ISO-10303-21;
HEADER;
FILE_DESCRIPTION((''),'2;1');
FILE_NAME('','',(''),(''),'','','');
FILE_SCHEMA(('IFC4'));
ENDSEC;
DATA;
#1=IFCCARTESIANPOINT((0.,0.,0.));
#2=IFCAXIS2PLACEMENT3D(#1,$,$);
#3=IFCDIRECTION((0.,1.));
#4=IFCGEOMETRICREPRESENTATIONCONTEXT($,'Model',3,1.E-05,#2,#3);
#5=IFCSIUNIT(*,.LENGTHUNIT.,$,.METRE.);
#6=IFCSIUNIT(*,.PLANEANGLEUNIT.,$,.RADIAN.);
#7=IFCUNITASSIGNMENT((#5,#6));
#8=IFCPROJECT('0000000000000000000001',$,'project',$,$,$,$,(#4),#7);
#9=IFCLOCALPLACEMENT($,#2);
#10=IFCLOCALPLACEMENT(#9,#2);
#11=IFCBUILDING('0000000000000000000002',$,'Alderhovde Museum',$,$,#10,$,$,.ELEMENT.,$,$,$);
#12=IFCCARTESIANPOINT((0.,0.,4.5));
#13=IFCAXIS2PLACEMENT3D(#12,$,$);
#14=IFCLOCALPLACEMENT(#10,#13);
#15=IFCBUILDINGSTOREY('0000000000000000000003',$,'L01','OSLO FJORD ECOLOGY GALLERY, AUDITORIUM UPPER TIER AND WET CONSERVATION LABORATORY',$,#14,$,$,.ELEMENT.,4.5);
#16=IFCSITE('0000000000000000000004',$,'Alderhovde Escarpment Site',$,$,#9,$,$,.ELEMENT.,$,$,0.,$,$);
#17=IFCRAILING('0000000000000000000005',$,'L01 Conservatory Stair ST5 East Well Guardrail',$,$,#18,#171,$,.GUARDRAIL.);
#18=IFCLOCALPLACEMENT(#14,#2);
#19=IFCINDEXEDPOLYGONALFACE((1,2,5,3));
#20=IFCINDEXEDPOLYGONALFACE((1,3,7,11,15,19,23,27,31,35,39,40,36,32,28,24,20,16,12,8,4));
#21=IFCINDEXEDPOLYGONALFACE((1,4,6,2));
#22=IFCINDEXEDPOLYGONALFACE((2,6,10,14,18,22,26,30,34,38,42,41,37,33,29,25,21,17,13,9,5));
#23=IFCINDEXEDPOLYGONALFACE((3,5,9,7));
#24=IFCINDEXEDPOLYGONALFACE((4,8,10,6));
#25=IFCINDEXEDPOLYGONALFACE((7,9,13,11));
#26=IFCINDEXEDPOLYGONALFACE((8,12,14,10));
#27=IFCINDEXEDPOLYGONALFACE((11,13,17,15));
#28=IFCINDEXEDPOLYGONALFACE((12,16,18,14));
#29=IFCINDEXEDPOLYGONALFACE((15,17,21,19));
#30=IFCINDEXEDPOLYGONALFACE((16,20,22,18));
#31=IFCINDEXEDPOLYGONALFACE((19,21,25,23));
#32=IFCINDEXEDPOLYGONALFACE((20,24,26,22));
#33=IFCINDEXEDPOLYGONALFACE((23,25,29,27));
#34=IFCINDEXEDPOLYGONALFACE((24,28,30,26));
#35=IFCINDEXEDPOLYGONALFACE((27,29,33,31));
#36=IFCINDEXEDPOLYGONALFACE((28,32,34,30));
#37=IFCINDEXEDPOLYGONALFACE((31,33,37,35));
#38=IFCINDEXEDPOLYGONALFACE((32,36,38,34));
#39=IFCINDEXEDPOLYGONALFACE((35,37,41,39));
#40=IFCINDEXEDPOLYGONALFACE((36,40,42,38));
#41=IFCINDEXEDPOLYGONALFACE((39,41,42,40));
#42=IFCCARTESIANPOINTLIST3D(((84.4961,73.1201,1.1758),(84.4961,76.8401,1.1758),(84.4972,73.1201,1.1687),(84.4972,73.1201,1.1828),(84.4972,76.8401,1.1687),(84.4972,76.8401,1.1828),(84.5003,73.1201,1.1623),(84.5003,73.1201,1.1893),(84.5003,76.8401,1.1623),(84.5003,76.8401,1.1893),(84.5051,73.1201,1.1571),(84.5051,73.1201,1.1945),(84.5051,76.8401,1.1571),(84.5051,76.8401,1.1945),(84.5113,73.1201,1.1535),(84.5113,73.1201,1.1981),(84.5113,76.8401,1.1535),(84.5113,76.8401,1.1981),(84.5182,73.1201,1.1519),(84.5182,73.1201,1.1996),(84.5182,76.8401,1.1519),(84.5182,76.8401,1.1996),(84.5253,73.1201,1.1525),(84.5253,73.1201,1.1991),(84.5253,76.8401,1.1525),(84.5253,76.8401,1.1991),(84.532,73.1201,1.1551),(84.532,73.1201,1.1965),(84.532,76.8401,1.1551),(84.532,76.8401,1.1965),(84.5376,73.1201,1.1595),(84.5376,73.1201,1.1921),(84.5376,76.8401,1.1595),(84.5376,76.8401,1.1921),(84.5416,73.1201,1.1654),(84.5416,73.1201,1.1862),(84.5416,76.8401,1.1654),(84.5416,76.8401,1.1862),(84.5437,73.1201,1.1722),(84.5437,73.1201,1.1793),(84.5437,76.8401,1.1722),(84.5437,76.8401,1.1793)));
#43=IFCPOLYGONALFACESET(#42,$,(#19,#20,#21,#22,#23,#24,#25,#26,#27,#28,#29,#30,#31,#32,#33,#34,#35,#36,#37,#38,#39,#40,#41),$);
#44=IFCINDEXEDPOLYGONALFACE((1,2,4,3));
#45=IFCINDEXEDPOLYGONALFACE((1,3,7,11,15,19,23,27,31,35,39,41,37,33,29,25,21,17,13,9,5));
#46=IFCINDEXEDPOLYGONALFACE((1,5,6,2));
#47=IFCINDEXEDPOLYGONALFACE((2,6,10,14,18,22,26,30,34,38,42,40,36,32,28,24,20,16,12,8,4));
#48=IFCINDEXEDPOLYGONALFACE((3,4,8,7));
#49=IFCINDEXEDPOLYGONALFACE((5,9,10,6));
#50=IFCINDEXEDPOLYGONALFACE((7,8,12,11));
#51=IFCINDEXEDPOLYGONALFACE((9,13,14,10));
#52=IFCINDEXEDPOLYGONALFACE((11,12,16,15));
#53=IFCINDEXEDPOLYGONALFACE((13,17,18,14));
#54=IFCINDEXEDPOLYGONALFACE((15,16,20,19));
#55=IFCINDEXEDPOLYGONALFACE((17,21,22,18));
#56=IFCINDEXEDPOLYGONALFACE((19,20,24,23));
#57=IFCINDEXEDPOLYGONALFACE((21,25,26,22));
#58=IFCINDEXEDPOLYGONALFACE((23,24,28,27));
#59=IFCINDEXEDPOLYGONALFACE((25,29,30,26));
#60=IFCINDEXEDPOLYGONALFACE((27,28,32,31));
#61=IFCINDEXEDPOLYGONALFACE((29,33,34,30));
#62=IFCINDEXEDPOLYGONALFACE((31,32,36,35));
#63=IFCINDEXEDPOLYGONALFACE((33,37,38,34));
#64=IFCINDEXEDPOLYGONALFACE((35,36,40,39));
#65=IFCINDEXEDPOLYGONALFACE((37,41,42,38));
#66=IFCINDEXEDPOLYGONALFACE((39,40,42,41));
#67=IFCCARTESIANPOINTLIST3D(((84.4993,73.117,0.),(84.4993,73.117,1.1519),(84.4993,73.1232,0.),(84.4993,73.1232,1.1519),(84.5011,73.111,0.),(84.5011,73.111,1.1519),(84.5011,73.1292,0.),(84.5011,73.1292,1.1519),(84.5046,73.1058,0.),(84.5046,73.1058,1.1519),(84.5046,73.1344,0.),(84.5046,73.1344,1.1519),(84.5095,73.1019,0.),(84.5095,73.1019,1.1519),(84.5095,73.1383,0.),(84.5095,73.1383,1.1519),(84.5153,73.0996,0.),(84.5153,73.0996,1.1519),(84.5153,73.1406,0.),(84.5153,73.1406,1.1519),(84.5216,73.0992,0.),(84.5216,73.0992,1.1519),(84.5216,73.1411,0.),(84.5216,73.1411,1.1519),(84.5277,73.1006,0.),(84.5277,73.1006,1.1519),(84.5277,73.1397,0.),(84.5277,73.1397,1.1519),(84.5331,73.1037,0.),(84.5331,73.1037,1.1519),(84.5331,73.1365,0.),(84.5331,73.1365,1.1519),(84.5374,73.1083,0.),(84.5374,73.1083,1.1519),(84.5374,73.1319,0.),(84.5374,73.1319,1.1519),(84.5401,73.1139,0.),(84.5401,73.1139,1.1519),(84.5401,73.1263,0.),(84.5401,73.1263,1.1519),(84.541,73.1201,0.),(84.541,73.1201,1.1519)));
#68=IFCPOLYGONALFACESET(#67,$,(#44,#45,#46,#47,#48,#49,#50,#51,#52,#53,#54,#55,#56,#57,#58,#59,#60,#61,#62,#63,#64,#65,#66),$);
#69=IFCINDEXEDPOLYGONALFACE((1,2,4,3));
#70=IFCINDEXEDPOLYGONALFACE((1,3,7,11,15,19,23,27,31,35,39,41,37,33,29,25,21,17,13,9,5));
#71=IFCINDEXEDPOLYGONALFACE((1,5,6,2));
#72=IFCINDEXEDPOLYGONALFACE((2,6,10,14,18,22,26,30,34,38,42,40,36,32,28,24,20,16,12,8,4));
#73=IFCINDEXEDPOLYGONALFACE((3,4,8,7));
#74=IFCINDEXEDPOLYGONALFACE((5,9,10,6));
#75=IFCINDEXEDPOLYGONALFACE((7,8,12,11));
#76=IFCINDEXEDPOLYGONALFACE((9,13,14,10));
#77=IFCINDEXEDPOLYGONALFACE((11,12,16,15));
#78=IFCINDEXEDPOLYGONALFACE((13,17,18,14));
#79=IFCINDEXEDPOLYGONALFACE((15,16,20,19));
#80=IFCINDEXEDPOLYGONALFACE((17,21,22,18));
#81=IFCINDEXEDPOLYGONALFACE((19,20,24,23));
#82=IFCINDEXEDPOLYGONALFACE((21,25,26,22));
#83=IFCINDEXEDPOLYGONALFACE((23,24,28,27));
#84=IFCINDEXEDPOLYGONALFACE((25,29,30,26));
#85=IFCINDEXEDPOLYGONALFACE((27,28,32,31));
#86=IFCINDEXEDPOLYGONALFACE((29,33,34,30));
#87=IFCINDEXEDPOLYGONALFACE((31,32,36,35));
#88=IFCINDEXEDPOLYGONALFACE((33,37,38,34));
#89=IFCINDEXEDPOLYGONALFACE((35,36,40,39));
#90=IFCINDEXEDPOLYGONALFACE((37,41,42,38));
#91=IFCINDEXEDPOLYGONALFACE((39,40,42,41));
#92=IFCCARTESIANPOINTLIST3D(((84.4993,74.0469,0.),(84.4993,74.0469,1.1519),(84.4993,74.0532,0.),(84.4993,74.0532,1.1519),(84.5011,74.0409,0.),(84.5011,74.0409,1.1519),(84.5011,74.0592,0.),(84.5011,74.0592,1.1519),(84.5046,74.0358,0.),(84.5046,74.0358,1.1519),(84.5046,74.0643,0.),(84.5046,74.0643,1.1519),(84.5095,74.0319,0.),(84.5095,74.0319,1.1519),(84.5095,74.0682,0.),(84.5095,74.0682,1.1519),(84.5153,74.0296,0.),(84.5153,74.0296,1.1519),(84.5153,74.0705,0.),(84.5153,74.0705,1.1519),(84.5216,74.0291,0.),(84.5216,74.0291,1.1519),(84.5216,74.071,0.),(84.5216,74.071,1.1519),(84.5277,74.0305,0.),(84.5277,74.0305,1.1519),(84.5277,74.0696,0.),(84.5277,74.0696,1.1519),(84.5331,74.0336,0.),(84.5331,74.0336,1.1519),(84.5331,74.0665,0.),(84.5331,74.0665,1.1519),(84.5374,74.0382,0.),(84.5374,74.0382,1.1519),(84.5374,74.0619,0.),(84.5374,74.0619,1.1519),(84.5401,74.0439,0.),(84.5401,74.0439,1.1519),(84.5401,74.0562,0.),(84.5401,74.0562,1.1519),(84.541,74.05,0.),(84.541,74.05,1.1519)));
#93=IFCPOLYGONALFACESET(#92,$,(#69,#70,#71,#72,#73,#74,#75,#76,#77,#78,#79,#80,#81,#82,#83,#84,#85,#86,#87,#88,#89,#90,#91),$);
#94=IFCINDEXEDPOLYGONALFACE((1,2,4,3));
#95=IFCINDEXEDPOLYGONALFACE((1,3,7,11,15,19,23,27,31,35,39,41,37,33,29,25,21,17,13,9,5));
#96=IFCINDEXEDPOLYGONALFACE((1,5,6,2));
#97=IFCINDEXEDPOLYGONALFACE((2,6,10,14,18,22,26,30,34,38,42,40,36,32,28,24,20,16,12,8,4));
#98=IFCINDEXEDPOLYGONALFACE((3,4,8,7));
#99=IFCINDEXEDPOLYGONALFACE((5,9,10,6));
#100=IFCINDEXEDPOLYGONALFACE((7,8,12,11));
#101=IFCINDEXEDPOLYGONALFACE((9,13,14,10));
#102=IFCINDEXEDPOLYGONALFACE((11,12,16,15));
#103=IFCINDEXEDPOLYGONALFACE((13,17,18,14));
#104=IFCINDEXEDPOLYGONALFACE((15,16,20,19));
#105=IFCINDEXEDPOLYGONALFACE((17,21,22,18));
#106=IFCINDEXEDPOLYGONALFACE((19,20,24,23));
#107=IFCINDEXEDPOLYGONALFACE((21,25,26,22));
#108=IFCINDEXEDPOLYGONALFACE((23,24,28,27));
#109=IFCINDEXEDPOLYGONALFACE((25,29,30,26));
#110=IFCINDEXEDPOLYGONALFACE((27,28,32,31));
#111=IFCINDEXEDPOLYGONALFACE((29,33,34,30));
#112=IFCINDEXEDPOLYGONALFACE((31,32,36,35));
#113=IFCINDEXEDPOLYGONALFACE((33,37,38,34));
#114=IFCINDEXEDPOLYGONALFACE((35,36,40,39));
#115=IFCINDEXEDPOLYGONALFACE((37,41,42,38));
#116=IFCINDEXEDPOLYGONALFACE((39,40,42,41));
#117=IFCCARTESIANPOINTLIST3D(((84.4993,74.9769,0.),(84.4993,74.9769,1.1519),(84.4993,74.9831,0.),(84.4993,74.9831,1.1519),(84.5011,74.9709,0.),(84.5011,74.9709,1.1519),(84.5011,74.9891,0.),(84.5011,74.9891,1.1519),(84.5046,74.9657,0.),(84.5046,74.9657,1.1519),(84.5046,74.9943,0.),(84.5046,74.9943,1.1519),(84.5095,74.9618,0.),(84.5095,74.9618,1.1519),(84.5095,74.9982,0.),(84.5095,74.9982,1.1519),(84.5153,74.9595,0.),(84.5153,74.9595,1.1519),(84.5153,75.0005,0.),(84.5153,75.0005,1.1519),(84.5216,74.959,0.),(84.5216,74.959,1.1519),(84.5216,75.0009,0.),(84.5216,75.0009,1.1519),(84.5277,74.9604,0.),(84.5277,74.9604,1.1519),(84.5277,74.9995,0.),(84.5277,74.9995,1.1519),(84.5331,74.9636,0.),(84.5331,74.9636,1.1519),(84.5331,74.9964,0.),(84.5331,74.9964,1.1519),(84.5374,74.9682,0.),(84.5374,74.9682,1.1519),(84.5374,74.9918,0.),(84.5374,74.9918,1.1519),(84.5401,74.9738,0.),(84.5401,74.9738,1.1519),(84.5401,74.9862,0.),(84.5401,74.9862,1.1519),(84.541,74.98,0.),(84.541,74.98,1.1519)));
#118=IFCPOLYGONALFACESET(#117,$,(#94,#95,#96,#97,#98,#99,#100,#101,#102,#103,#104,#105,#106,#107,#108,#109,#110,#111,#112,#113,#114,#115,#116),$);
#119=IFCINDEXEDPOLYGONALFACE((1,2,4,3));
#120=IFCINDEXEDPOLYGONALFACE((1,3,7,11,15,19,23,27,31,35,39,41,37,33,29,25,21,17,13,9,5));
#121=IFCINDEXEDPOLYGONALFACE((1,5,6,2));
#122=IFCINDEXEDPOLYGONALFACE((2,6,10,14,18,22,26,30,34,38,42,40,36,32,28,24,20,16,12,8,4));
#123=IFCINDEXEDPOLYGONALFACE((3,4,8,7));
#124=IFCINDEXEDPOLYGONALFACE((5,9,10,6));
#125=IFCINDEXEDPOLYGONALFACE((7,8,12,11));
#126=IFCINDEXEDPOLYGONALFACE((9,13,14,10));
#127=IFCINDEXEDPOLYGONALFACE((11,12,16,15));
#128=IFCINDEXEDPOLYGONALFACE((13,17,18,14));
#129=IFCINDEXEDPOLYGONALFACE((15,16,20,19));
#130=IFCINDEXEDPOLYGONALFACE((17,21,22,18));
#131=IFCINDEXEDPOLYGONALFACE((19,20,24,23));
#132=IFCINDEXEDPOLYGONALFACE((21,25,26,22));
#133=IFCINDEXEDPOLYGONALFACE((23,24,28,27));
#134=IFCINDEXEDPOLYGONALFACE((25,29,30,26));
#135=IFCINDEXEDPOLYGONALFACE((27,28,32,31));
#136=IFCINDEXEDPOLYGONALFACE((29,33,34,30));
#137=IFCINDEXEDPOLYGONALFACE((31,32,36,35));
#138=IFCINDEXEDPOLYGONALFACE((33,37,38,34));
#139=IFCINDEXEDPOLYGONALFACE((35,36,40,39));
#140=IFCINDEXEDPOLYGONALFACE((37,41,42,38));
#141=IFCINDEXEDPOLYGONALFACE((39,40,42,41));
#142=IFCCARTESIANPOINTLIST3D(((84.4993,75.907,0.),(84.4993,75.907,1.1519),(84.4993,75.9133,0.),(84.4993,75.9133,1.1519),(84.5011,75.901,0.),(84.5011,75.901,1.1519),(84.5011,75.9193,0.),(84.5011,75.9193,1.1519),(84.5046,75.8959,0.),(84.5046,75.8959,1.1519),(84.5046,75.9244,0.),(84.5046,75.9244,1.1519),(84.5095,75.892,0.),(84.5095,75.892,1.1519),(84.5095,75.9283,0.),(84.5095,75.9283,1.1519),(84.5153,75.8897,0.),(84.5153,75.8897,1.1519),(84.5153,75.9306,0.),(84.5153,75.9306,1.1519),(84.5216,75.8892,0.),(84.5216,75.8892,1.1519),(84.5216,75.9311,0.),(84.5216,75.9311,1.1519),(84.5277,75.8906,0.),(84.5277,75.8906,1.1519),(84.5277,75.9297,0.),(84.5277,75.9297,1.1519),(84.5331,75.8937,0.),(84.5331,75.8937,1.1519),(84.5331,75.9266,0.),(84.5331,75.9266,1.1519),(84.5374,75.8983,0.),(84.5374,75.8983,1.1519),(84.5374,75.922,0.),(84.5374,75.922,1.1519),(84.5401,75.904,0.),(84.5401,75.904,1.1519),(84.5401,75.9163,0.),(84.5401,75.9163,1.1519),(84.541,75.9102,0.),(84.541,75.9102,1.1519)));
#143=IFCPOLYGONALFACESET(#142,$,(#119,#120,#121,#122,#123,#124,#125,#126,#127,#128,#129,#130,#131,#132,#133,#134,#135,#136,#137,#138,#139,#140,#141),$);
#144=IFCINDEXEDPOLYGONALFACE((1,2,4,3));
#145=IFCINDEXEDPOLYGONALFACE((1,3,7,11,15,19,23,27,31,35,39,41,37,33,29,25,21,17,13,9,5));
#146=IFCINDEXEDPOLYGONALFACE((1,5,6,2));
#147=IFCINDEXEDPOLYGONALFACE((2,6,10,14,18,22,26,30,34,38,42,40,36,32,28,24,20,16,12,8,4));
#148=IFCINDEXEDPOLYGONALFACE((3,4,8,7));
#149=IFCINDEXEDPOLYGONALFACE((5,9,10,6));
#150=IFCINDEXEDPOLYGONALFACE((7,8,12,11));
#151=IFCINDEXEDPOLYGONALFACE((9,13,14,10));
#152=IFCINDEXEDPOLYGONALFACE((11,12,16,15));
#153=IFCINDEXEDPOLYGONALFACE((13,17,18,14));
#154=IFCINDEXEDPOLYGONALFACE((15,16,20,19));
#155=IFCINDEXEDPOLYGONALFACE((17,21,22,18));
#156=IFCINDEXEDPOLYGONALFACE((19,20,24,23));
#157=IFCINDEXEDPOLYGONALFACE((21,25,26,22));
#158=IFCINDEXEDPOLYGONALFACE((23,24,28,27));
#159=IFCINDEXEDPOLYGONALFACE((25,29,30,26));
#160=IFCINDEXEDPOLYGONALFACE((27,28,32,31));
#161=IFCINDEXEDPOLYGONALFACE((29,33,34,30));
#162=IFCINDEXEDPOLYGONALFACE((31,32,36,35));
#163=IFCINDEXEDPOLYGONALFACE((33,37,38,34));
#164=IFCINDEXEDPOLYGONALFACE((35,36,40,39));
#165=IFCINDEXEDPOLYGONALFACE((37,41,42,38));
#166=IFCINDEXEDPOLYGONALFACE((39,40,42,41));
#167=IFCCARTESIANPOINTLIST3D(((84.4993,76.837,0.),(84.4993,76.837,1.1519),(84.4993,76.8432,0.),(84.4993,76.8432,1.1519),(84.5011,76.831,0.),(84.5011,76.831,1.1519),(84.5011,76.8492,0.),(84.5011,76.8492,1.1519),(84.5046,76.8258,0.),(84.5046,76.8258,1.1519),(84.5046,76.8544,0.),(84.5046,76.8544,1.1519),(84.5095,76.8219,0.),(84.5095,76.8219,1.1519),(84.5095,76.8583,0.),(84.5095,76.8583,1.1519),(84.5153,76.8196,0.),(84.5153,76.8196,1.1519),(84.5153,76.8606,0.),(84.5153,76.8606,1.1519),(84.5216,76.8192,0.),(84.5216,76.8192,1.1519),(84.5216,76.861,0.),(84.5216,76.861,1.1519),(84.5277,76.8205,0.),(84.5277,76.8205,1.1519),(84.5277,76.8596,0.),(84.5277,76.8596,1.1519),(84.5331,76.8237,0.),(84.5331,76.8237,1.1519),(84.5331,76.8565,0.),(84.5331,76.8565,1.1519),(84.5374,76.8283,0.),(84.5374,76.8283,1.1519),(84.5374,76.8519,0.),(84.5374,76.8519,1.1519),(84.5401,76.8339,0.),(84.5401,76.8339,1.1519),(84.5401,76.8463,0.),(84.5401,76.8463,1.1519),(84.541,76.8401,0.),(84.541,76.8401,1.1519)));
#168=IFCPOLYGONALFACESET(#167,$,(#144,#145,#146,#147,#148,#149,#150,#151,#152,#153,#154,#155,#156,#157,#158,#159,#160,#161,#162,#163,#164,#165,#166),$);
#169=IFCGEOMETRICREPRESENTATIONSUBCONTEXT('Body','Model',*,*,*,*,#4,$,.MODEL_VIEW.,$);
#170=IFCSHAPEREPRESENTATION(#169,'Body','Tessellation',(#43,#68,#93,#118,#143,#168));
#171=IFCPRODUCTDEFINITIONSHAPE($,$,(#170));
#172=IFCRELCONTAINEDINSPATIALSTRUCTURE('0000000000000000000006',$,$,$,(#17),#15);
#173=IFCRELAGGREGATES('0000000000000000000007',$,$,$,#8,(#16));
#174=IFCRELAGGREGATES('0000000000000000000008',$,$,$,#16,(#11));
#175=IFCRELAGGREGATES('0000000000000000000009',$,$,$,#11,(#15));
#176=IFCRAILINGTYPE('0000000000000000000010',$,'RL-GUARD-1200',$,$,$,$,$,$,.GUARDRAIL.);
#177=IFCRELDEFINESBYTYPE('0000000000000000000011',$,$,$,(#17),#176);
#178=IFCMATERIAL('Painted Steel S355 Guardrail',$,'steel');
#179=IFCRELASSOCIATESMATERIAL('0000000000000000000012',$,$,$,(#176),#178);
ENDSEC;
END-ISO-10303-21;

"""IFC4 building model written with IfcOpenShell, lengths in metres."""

from ifc_helpers import new_model, si_unit, direction, frame, origin, origin_2d, place, context, subcontext, project, spatial, circle, extrude, material, type_object, element, save


model = new_model("IFC4")

# Units and contexts
model_context = context("Model", 3, precision=1e-05, world=origin(), true_north=direction((0.0, 1.0)))
body_context = subcontext(model_context, "Body", "Model", "MODEL_VIEW")
ifc_project = project(units=[si_unit("LENGTHUNIT", "METRE"), si_unit("PLANEANGLEUNIT", "RADIAN")], contexts=[model_context])

# Site, building, storey
site_placement = place(None, origin())
site = spatial("IfcSite", under=ifc_project, at=site_placement, Name="Alderhovde Escarpment Site", CompositionType="ELEMENT", RefElevation=0.0)
building_placement = place(site_placement, origin())
building = spatial("IfcBuilding", under=site, at=building_placement, Name="Alderhovde Museum", CompositionType="ELEMENT")
storey_placement = place(building_placement, frame((0.0, 0.0, 4.5)))
storey = spatial("IfcBuildingStorey", under=building, at=storey_placement, Name="L01", Description="OSLO FJORD ECOLOGY GALLERY, AUDITORIUM UPPER TIER AND WET CONSERVATION LABORATORY", CompositionType="ELEMENT", Elevation=4.5)

# Railing
ifc_material_1 = material(Name="Painted Steel S355 Guardrail", Category="steel")
railing_type_1 = type_object("IfcRailingType", Name="RL-GUARD-1200", PredefinedType="GUARDRAIL", material=ifc_material_1)
railing_1_placement = place(storey_placement, frame((84.52, 73.1201, 0.0)))
element("IfcRailing", 1, at=railing_1_placement, inside=storey, type_object=railing_type_1, Name="L01 Conservatory Stair ST5 East Well Guardrail", PredefinedType="GUARDRAIL", context=body_context, shape_type="SweptSolid", body=[
    extrude(circle(Radius=0.0239, at=origin_2d()), frame((0.0, 0.0, 1.1758), z_axis=(0.0, 1.0, 0.0), x_axis=(-1.0, 0.0, 0.0)), (0.0, 0.0, 1.0), 3.72),
    extrude(circle(Radius=0.021, at=origin_2d()), origin(), (0.0, 0.0, 1.0), 1.1519),
    extrude(circle(Radius=0.021, at=origin_2d()), frame((0.0, 0.9299, 0.0)), (0.0, 0.0, 1.0), 1.1519),
    extrude(circle(Radius=0.021, at=origin_2d()), frame((0.0, 1.8599, 0.0)), (0.0, 0.0, 1.0), 1.1519),
    extrude(circle(Radius=0.021, at=origin_2d()), frame((0.0, 2.79, 0.0)), (0.0, 0.0, 1.0), 1.1519),
    extrude(circle(Radius=0.021, at=origin_2d()), frame((0.0, 3.72, 0.0)), (0.0, 0.0, 1.0), 1.1519),
])

save(model, "model.ifc")
